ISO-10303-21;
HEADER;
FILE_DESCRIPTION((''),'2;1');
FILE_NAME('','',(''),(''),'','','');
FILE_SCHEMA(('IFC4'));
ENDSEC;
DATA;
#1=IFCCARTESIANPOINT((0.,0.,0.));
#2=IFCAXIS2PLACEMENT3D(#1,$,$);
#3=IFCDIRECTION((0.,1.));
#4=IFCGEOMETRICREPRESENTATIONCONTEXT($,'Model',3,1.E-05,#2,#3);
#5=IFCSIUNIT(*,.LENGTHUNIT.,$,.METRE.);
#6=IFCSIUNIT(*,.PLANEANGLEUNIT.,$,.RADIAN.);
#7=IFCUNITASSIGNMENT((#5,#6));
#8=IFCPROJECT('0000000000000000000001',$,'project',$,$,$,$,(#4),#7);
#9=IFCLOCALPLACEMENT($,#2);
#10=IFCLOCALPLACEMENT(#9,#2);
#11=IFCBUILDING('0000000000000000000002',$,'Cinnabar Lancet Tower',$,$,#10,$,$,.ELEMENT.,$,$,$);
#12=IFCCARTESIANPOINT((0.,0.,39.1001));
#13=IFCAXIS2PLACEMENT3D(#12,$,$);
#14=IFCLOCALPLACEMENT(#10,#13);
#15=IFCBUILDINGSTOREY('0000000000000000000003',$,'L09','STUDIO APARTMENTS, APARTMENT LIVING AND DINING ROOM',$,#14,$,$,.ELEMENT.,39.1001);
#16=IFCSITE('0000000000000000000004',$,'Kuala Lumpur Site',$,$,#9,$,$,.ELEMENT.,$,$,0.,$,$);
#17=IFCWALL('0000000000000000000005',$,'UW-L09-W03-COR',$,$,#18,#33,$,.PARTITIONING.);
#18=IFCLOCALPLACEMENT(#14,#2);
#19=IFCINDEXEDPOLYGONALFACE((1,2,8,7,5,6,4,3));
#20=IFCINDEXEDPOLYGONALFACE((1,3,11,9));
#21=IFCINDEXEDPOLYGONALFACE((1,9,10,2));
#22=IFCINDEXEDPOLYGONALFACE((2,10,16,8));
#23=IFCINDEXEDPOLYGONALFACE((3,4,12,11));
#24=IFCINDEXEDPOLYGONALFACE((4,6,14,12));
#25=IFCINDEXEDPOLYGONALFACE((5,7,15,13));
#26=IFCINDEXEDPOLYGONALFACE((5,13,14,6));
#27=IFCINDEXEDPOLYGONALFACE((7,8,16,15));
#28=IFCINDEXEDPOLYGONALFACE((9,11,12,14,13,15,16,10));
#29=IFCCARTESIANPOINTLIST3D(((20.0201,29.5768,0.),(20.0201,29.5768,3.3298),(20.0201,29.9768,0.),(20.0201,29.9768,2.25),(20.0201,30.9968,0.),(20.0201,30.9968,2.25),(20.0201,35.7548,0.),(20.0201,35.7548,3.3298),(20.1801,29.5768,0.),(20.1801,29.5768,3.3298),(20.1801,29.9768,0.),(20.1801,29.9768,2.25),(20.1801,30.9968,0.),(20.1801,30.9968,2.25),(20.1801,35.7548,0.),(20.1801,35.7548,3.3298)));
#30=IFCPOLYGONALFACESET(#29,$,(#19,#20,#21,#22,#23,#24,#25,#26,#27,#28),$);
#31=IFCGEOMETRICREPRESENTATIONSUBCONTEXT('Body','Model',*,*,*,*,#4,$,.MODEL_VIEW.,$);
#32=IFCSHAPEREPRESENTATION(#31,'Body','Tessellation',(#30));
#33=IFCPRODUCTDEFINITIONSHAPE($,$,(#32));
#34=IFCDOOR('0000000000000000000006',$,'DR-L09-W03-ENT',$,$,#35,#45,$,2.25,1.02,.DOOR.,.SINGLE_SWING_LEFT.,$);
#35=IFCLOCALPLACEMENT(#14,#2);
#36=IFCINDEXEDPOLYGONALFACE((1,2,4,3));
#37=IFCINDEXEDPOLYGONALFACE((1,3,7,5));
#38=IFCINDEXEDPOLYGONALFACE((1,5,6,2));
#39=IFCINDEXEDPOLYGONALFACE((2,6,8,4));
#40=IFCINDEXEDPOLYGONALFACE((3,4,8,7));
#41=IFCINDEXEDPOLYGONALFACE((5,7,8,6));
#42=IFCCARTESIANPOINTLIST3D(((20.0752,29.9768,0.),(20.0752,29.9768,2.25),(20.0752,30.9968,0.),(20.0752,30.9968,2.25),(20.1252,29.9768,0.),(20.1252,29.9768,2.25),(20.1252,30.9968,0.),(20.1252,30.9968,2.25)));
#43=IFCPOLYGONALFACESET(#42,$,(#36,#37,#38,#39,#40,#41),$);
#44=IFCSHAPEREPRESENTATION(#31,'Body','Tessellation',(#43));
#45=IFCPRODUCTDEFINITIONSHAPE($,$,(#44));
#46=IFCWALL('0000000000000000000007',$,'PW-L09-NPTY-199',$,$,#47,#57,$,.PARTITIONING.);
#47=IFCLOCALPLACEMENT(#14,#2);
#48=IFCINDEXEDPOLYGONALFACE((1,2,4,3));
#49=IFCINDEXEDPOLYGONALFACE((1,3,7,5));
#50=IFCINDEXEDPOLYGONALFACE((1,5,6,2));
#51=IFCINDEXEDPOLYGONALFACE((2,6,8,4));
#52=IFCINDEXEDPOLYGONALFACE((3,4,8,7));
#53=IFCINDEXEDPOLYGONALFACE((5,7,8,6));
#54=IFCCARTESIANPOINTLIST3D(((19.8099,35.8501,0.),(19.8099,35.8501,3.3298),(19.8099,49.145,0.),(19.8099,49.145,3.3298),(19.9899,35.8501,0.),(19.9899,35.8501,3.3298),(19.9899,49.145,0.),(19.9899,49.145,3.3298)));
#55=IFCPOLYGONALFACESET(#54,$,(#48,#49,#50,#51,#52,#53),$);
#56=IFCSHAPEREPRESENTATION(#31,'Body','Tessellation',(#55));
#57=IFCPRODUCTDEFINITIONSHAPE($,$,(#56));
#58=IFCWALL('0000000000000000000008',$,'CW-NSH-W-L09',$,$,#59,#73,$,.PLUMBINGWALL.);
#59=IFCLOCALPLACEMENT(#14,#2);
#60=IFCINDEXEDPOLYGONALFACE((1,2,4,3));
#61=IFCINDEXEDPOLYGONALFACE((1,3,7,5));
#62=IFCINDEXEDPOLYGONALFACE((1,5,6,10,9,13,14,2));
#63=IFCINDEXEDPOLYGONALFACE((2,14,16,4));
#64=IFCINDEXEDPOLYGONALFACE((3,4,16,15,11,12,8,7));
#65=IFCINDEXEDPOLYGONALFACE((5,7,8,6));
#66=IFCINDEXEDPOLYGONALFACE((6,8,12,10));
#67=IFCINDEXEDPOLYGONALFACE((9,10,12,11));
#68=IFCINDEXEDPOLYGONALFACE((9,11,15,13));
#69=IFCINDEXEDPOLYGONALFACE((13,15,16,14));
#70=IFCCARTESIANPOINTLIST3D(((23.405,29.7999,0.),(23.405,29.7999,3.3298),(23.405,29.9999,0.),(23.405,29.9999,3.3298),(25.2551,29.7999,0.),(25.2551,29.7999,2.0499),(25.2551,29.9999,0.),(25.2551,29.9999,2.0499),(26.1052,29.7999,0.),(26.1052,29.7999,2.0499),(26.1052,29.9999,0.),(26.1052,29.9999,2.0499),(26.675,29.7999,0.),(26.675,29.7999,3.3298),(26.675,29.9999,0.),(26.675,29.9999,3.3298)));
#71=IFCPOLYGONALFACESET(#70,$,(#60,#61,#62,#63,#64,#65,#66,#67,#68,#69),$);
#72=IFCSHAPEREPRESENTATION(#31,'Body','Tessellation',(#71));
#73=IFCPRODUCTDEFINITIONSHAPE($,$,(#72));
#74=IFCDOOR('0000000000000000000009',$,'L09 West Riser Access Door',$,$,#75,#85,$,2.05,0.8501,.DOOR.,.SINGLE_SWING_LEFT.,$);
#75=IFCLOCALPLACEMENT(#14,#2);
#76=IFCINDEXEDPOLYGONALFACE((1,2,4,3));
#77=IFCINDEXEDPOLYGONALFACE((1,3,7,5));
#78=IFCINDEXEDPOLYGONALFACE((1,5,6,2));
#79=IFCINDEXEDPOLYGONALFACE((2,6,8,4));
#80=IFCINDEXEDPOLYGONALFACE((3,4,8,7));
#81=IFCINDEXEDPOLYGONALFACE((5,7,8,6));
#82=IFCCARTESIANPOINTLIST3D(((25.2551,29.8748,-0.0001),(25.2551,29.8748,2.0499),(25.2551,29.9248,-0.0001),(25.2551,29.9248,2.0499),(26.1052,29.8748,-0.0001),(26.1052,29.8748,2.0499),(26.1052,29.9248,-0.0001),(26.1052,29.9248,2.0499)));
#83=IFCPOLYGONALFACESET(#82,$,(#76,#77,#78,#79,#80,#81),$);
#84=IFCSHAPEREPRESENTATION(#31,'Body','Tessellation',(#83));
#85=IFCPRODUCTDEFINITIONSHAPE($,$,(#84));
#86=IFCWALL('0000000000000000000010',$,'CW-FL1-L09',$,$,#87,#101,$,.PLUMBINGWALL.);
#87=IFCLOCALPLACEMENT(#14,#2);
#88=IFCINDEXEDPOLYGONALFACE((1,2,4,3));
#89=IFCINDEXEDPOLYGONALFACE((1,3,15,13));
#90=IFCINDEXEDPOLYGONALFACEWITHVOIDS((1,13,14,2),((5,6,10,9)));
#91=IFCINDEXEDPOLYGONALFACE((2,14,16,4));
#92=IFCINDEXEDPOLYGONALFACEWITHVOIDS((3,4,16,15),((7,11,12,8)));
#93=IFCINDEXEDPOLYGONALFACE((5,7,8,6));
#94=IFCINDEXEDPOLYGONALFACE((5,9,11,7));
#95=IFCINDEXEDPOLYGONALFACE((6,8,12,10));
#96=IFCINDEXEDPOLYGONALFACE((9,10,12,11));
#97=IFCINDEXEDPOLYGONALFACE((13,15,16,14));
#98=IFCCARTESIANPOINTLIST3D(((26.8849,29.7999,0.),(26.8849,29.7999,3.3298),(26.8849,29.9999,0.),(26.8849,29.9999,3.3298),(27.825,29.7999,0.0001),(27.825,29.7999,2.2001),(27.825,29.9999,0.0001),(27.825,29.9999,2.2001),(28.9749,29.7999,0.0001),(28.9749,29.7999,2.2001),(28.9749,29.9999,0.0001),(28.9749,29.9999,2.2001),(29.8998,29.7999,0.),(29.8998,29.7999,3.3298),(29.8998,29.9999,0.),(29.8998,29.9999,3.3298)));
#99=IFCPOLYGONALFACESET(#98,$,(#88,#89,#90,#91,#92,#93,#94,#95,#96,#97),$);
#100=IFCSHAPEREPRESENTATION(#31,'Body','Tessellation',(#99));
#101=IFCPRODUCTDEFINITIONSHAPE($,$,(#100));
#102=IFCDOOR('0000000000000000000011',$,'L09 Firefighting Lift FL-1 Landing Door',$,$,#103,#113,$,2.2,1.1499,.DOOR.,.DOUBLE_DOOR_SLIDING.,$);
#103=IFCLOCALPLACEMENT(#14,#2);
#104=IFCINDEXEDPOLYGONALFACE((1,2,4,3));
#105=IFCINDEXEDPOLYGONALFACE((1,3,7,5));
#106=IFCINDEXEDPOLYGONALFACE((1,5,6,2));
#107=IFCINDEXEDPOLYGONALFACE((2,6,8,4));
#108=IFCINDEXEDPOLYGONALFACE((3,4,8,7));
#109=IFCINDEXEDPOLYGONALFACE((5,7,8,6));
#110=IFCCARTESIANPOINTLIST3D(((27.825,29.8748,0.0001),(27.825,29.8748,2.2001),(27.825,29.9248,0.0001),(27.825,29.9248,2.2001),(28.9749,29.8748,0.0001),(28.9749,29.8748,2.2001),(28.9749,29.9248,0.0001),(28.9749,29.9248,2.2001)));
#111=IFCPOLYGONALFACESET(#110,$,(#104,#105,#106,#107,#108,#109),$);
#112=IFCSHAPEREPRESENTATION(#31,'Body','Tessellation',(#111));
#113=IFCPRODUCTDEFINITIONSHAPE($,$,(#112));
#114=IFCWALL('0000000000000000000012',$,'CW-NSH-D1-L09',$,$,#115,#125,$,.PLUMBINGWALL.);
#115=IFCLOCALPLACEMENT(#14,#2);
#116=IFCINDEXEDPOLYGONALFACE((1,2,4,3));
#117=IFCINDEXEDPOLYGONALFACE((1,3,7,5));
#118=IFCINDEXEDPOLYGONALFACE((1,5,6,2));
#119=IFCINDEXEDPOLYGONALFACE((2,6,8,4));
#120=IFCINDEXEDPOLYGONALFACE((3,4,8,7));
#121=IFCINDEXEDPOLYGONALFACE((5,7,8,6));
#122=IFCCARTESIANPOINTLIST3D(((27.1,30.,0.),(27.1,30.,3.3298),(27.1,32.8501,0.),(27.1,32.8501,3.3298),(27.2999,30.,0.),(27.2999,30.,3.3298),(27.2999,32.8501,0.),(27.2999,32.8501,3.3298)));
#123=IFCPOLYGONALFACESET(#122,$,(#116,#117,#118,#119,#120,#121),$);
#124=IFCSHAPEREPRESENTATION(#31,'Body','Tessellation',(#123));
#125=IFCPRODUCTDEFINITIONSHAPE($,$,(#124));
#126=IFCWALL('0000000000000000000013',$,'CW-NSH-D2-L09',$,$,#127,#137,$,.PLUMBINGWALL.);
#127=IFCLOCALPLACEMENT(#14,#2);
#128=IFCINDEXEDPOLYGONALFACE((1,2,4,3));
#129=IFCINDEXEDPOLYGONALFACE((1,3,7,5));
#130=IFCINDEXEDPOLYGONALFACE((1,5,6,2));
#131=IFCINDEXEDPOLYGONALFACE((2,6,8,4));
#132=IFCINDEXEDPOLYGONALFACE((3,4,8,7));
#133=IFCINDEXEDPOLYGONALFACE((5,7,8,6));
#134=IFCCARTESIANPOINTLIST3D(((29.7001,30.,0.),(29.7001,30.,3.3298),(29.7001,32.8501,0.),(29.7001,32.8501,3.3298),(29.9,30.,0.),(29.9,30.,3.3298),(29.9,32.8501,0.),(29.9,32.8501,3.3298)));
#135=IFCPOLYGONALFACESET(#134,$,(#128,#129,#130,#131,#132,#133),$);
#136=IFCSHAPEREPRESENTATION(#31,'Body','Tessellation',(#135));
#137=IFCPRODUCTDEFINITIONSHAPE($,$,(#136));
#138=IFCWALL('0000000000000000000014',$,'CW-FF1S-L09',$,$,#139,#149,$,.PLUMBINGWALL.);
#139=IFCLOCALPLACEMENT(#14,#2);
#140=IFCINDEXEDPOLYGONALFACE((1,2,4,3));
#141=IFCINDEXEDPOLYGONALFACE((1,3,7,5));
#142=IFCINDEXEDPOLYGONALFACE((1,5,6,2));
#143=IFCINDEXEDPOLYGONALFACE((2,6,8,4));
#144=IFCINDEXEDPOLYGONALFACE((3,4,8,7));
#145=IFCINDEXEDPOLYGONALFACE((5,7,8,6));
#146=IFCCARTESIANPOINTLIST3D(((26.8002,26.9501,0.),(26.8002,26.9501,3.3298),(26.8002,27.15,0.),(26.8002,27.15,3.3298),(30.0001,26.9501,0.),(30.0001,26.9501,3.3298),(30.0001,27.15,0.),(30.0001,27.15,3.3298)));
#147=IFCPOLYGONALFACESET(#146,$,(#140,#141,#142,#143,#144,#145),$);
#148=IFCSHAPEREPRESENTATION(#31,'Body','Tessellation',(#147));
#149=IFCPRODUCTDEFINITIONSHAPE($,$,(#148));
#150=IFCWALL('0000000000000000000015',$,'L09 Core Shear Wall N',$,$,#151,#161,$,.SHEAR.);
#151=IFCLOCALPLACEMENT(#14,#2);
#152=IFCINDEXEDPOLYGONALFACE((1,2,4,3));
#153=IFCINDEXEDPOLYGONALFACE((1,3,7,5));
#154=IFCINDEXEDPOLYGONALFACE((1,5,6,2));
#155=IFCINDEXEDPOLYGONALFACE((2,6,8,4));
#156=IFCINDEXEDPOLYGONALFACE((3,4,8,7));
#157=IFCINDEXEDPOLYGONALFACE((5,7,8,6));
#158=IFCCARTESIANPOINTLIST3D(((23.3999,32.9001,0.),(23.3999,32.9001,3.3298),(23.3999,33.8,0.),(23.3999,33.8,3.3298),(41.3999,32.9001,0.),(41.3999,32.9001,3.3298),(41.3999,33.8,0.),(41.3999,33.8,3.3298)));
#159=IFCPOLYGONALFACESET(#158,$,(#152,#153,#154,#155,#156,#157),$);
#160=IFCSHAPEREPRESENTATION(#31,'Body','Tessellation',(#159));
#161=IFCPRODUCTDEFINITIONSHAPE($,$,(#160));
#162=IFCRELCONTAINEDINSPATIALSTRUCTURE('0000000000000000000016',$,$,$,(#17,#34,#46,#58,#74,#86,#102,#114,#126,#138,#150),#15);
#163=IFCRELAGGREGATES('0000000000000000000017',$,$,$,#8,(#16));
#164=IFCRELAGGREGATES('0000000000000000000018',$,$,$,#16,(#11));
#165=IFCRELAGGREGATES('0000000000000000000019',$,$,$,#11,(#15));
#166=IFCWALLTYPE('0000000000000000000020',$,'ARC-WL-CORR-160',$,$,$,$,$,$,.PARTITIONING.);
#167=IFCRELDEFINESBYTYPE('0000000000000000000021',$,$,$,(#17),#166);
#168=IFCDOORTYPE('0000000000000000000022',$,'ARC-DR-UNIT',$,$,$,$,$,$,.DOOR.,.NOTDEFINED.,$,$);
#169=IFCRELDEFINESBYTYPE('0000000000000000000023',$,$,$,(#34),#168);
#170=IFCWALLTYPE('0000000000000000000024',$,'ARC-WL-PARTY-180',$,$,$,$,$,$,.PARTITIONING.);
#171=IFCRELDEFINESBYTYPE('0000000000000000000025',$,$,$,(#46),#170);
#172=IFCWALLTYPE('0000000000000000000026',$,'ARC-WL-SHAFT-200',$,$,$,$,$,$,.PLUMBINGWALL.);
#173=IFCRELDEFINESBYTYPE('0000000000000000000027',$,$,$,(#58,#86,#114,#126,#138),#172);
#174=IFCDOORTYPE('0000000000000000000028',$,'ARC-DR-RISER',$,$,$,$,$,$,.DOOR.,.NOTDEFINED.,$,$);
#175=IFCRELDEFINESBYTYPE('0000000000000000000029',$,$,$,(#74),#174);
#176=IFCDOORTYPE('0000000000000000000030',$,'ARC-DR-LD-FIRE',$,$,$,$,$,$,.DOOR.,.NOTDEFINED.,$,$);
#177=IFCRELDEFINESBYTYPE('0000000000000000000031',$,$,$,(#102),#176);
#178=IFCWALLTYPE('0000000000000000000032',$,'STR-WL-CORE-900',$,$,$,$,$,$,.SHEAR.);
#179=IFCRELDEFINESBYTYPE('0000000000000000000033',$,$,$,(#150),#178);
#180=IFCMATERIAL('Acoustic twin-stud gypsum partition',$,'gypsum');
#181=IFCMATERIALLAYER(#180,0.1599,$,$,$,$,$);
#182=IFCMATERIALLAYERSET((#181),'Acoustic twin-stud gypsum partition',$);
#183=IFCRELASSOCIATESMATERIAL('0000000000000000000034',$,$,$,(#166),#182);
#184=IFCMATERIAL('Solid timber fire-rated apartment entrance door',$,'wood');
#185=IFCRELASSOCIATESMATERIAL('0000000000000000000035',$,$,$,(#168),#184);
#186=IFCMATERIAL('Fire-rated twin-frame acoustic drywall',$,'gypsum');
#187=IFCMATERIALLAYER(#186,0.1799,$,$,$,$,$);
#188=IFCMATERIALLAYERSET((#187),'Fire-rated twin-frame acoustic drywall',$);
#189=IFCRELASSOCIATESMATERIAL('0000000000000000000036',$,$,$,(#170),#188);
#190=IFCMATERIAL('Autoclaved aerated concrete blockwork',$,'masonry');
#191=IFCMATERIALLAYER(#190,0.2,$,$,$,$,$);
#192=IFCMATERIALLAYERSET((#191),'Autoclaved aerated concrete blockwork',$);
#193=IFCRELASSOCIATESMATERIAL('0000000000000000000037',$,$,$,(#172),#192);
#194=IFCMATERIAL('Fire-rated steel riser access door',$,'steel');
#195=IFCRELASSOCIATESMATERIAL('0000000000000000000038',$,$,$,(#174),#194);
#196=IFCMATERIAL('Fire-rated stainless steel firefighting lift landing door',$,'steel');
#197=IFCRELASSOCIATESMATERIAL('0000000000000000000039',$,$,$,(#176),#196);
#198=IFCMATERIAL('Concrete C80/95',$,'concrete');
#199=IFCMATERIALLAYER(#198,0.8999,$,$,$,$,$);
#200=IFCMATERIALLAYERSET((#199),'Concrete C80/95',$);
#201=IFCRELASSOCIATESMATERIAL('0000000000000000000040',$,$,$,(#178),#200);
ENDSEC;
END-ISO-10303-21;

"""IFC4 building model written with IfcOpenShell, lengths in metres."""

from ifc_helpers import new_model, si_unit, direction, frame, frame_2d, origin, place, context, subcontext, project, spatial, rectangle, extrude, material, layer, layer_set, type_object, element, fill, save


model = new_model("IFC4")

# Units and contexts
model_context = context("Model", 3, precision=1e-05, world=origin(), true_north=direction((0.0, 1.0)))
body_context = subcontext(model_context, "Body", "Model", "MODEL_VIEW")
ifc_project = project(units=[si_unit("LENGTHUNIT", "METRE"), si_unit("PLANEANGLEUNIT", "RADIAN")], contexts=[model_context])

# Site, building, storey
site_placement = place(None, origin())
site = spatial("IfcSite", under=ifc_project, at=site_placement, Name="Kuala Lumpur Site", CompositionType="ELEMENT", RefElevation=0.0)
building_placement = place(site_placement, origin())
building = spatial("IfcBuilding", under=site, at=building_placement, Name="Cinnabar Lancet Tower", CompositionType="ELEMENT")
storey_placement = place(building_placement, frame((0.0, 0.0, 39.1001)))
storey = spatial("IfcBuildingStorey", under=building, at=storey_placement, Name="L09", Description="STUDIO APARTMENTS, APARTMENT LIVING AND DINING ROOM", CompositionType="ELEMENT", Elevation=39.1001)

# Wall, opening, door
ifc_material_1 = material(Name="Acoustic twin-stud gypsum partition", Category="gypsum")
ifc_layer_1 = layer(ifc_material_1, 0.1599)
ifc_layer_set_1 = layer_set([ifc_layer_1], Name="Acoustic twin-stud gypsum partition")
wall_type_1 = type_object("IfcWallType", Name="ARC-WL-CORR-160", PredefinedType="PARTITIONING", material=ifc_layer_set_1)
wall_1_placement = place(storey_placement, frame((20.1001, 29.5769, 0.0), z_axis=(0.0, 0.0, 1.0), x_axis=(0.0, 1.0, 0.0)))
wall_1 = element("IfcWall", 1, at=wall_1_placement, inside=storey, type_object=wall_type_1, Name="UW-L09-W03-COR", PredefinedType="PARTITIONING", context=body_context, shape_type="SweptSolid", body=[
    extrude(rectangle(XDim=6.178, YDim=0.1599, at=frame_2d((3.0889, 0.0))), origin(), (0.0, 0.0, 1.0), 3.3298),
])
opening_1_placement = place(wall_1_placement, frame((0.3999, 0.0, 0.0)))
opening_1 = element("IfcOpeningElement", 2, at=opening_1_placement, cuts=wall_1, PredefinedType="OPENING", context=body_context, shape_type="SweptSolid", body=[
    extrude(rectangle(XDim=1.02, YDim=2.25, at=frame_2d((0.51, 1.125))), frame((0.0, 0.0898, 0.0), z_axis=(0.0, -1.0, 0.0), x_axis=(1.0, 0.0, 0.0)), (0.0, 0.0, 1.0), 0.1799),
])
ifc_material_2 = material(Name="Solid timber fire-rated apartment entrance door", Category="wood")
door_type_1 = type_object("IfcDoorType", Name="ARC-DR-UNIT", OperationType="NOTDEFINED", PredefinedType="DOOR", material=ifc_material_2)
door_1_placement = place(opening_1_placement, origin())
door_1 = element("IfcDoor", 3, at=door_1_placement, inside=storey, type_object=door_type_1, Name="DR-L09-W03-ENT", OperationType="SINGLE_SWING_LEFT", OverallHeight=2.25, OverallWidth=1.02, PredefinedType="DOOR", context=body_context, shape_type="SweptSolid", body=[
    extrude(rectangle(XDim=1.02, YDim=2.25, at=frame_2d((0.51, 1.125))), frame((0.0, 0.0249, 0.0), z_axis=(0.0, -1.0, 0.0), x_axis=(1.0, 0.0, 0.0)), (0.0, 0.0, 1.0), 0.05),
])
fill(opening_1, door_1)

# Wall
ifc_material_3 = material(Name="Fire-rated twin-frame acoustic drywall", Category="gypsum")
ifc_layer_2 = layer(ifc_material_3, 0.1799)
ifc_layer_set_2 = layer_set([ifc_layer_2], Name="Fire-rated twin-frame acoustic drywall")
wall_type_2 = type_object("IfcWallType", Name="ARC-WL-PARTY-180", PredefinedType="PARTITIONING", material=ifc_layer_set_2)
wall_2_placement = place(storey_placement, frame((19.8999, 35.8501, 0.0), z_axis=(0.0, 0.0, 1.0), x_axis=(0.0, 1.0, 0.0)))
element("IfcWall", 4, at=wall_2_placement, inside=storey, type_object=wall_type_2, Name="PW-L09-NPTY-199", PredefinedType="PARTITIONING", context=body_context, shape_type="SweptSolid", body=[
    extrude(rectangle(XDim=13.2949, YDim=0.1799, at=frame_2d((6.6475, 0.0))), origin(), (0.0, 0.0, 1.0), 3.3298),
])

# Walls, openings, doors
ifc_material_4 = material(Name="Autoclaved aerated concrete blockwork", Category="masonry")
ifc_layer_3 = layer(ifc_material_4, 0.2)
ifc_layer_set_3 = layer_set([ifc_layer_3], Name="Autoclaved aerated concrete blockwork")
wall_type_3 = type_object("IfcWallType", Name="ARC-WL-SHAFT-200", PredefinedType="PLUMBINGWALL", material=ifc_layer_set_3)
wall_3_placement = place(storey_placement, frame((23.405, 29.8999, 0.0), z_axis=(0.0, 0.0, 1.0), x_axis=(1.0, 0.0, 0.0)))
wall_3 = element("IfcWall", 5, at=wall_3_placement, inside=storey, type_object=wall_type_3, Name="CW-NSH-W-L09", PredefinedType="PLUMBINGWALL", context=body_context, shape_type="SweptSolid", body=[
    extrude(rectangle(XDim=3.27, YDim=0.2, at=frame_2d((1.635, 0.0))), origin(), (0.0, 0.0, 1.0), 3.3298),
])
opening_2_placement = place(wall_3_placement, frame((1.8501, 0.0, 0.0)))
opening_2 = element("IfcOpeningElement", 6, at=opening_2_placement, cuts=wall_3, PredefinedType="OPENING", context=body_context, shape_type="SweptSolid", body=[
    extrude(rectangle(XDim=0.8501, YDim=2.05, at=frame_2d((0.425, 1.0249))), frame((0.0, 0.1099, 0.0), z_axis=(0.0, -1.0, 0.0), x_axis=(1.0, 0.0, 0.0)), (0.0, 0.0, 1.0), 0.22),
])
ifc_material_5 = material(Name="Fire-rated steel riser access door", Category="steel")
door_type_2 = type_object("IfcDoorType", Name="ARC-DR-RISER", OperationType="NOTDEFINED", PredefinedType="DOOR", material=ifc_material_5)
door_2_placement = place(opening_2_placement, origin())
door_2 = element("IfcDoor", 7, at=door_2_placement, inside=storey, type_object=door_type_2, Name="L09 West Riser Access Door", OperationType="SINGLE_SWING_LEFT", OverallHeight=2.05, OverallWidth=0.8501, PredefinedType="DOOR", context=body_context, shape_type="SweptSolid", body=[
    extrude(rectangle(XDim=0.8501, YDim=2.05, at=frame_2d((0.425, 1.0249))), frame((0.0, 0.0249, 0.0), z_axis=(0.0, -1.0, 0.0), x_axis=(1.0, 0.0, 0.0)), (0.0, 0.0, 1.0), 0.05),
])
fill(opening_2, door_2)
wall_4_placement = place(storey_placement, frame((26.885, 29.8999, 0.0), z_axis=(0.0, 0.0, 1.0), x_axis=(1.0, 0.0, 0.0)))
wall_4 = element("IfcWall", 8, at=wall_4_placement, inside=storey, type_object=wall_type_3, Name="CW-FL1-L09", PredefinedType="PLUMBINGWALL", context=body_context, shape_type="SweptSolid", body=[
    extrude(rectangle(XDim=3.0149, YDim=0.2, at=frame_2d((1.5073, 0.0))), origin(), (0.0, 0.0, 1.0), 3.3298),
])
opening_3_placement = place(wall_4_placement, frame((0.9399, 0.0, 0.0)))
opening_3 = element("IfcOpeningElement", 9, at=opening_3_placement, cuts=wall_4, PredefinedType="OPENING", context=body_context, shape_type="SweptSolid", body=[
    extrude(rectangle(XDim=1.1499, YDim=2.2, at=frame_2d((0.575, 1.1001))), frame((0.0, 0.1099, 0.0), z_axis=(0.0, -1.0, 0.0), x_axis=(1.0, 0.0, 0.0)), (0.0, 0.0, 1.0), 0.22),
])
ifc_material_6 = material(Name="Fire-rated stainless steel firefighting lift landing door", Category="steel")
door_type_3 = type_object("IfcDoorType", Name="ARC-DR-LD-FIRE", OperationType="NOTDEFINED", PredefinedType="DOOR", material=ifc_material_6)
door_3_placement = place(opening_3_placement, origin())
door_3 = element("IfcDoor", 10, at=door_3_placement, inside=storey, type_object=door_type_3, Name="L09 Firefighting Lift FL-1 Landing Door", OperationType="DOUBLE_DOOR_SLIDING", OverallHeight=2.2, OverallWidth=1.1499, PredefinedType="DOOR", context=body_context, shape_type="SweptSolid", body=[
    extrude(rectangle(XDim=1.1499, YDim=2.2, at=frame_2d((0.575, 1.1001))), frame((0.0, 0.0249, 0.0), z_axis=(0.0, -1.0, 0.0), x_axis=(1.0, 0.0, 0.0)), (0.0, 0.0, 1.0), 0.05),
])
fill(opening_3, door_3)

# Walls
for number, where, z_axis, x_axis, name in (
    (11, (27.2, 30.0, 0.0), (0.0, 0.0, 1.0), (0.0, 1.0, 0.0), "CW-NSH-D1-L09"),
    (12, (29.8, 30.0, 0.0), (0.0, 0.0, 1.0), (0.0, 1.0, 0.0), "CW-NSH-D2-L09"),
):
    element("IfcWall", number, at=place(storey_placement, frame(where, z_axis=z_axis, x_axis=x_axis)), inside=storey, type_object=wall_type_3, Name=name, PredefinedType="PLUMBINGWALL", context=body_context, shape_type="SweptSolid", body=[
        extrude(rectangle(XDim=2.8501, YDim=0.2, at=frame_2d((1.425, 0.0))), origin(), (0.0, 0.0, 1.0), 3.3298),
    ])
wall_5_placement = place(storey_placement, frame((26.8, 27.05, 0.0), z_axis=(0.0, 0.0, 1.0), x_axis=(1.0, 0.0, 0.0)))
element("IfcWall", 13, at=wall_5_placement, inside=storey, type_object=wall_type_3, Name="CW-FF1S-L09", PredefinedType="PLUMBINGWALL", context=body_context, shape_type="SweptSolid", body=[
    extrude(rectangle(XDim=3.2, YDim=0.2, at=frame_2d((1.6001, 0.0))), origin(), (0.0, 0.0, 1.0), 3.3298),
])
ifc_material_7 = material(Name="Concrete C80/95", Category="concrete")
ifc_layer_4 = layer(ifc_material_7, 0.8999)
ifc_layer_set_4 = layer_set([ifc_layer_4], Name="Concrete C80/95")
wall_type_4 = type_object("IfcWallType", Name="STR-WL-CORE-900", PredefinedType="SHEAR", material=ifc_layer_set_4)
wall_6_placement = place(storey_placement, frame((23.3999, 33.3501, 0.0), z_axis=(0.0, 0.0, 1.0), x_axis=(1.0, 0.0, 0.0)))
element("IfcWall", 14, at=wall_6_placement, inside=storey, type_object=wall_type_4, Name="L09 Core Shear Wall N", PredefinedType="SHEAR", context=body_context, shape_type="SweptSolid", body=[
    extrude(rectangle(XDim=18.0, YDim=0.8999, at=frame_2d((9.0, 0.0))), origin(), (0.0, 0.0, 1.0), 3.3298),
])

save(model, "model.ifc")
